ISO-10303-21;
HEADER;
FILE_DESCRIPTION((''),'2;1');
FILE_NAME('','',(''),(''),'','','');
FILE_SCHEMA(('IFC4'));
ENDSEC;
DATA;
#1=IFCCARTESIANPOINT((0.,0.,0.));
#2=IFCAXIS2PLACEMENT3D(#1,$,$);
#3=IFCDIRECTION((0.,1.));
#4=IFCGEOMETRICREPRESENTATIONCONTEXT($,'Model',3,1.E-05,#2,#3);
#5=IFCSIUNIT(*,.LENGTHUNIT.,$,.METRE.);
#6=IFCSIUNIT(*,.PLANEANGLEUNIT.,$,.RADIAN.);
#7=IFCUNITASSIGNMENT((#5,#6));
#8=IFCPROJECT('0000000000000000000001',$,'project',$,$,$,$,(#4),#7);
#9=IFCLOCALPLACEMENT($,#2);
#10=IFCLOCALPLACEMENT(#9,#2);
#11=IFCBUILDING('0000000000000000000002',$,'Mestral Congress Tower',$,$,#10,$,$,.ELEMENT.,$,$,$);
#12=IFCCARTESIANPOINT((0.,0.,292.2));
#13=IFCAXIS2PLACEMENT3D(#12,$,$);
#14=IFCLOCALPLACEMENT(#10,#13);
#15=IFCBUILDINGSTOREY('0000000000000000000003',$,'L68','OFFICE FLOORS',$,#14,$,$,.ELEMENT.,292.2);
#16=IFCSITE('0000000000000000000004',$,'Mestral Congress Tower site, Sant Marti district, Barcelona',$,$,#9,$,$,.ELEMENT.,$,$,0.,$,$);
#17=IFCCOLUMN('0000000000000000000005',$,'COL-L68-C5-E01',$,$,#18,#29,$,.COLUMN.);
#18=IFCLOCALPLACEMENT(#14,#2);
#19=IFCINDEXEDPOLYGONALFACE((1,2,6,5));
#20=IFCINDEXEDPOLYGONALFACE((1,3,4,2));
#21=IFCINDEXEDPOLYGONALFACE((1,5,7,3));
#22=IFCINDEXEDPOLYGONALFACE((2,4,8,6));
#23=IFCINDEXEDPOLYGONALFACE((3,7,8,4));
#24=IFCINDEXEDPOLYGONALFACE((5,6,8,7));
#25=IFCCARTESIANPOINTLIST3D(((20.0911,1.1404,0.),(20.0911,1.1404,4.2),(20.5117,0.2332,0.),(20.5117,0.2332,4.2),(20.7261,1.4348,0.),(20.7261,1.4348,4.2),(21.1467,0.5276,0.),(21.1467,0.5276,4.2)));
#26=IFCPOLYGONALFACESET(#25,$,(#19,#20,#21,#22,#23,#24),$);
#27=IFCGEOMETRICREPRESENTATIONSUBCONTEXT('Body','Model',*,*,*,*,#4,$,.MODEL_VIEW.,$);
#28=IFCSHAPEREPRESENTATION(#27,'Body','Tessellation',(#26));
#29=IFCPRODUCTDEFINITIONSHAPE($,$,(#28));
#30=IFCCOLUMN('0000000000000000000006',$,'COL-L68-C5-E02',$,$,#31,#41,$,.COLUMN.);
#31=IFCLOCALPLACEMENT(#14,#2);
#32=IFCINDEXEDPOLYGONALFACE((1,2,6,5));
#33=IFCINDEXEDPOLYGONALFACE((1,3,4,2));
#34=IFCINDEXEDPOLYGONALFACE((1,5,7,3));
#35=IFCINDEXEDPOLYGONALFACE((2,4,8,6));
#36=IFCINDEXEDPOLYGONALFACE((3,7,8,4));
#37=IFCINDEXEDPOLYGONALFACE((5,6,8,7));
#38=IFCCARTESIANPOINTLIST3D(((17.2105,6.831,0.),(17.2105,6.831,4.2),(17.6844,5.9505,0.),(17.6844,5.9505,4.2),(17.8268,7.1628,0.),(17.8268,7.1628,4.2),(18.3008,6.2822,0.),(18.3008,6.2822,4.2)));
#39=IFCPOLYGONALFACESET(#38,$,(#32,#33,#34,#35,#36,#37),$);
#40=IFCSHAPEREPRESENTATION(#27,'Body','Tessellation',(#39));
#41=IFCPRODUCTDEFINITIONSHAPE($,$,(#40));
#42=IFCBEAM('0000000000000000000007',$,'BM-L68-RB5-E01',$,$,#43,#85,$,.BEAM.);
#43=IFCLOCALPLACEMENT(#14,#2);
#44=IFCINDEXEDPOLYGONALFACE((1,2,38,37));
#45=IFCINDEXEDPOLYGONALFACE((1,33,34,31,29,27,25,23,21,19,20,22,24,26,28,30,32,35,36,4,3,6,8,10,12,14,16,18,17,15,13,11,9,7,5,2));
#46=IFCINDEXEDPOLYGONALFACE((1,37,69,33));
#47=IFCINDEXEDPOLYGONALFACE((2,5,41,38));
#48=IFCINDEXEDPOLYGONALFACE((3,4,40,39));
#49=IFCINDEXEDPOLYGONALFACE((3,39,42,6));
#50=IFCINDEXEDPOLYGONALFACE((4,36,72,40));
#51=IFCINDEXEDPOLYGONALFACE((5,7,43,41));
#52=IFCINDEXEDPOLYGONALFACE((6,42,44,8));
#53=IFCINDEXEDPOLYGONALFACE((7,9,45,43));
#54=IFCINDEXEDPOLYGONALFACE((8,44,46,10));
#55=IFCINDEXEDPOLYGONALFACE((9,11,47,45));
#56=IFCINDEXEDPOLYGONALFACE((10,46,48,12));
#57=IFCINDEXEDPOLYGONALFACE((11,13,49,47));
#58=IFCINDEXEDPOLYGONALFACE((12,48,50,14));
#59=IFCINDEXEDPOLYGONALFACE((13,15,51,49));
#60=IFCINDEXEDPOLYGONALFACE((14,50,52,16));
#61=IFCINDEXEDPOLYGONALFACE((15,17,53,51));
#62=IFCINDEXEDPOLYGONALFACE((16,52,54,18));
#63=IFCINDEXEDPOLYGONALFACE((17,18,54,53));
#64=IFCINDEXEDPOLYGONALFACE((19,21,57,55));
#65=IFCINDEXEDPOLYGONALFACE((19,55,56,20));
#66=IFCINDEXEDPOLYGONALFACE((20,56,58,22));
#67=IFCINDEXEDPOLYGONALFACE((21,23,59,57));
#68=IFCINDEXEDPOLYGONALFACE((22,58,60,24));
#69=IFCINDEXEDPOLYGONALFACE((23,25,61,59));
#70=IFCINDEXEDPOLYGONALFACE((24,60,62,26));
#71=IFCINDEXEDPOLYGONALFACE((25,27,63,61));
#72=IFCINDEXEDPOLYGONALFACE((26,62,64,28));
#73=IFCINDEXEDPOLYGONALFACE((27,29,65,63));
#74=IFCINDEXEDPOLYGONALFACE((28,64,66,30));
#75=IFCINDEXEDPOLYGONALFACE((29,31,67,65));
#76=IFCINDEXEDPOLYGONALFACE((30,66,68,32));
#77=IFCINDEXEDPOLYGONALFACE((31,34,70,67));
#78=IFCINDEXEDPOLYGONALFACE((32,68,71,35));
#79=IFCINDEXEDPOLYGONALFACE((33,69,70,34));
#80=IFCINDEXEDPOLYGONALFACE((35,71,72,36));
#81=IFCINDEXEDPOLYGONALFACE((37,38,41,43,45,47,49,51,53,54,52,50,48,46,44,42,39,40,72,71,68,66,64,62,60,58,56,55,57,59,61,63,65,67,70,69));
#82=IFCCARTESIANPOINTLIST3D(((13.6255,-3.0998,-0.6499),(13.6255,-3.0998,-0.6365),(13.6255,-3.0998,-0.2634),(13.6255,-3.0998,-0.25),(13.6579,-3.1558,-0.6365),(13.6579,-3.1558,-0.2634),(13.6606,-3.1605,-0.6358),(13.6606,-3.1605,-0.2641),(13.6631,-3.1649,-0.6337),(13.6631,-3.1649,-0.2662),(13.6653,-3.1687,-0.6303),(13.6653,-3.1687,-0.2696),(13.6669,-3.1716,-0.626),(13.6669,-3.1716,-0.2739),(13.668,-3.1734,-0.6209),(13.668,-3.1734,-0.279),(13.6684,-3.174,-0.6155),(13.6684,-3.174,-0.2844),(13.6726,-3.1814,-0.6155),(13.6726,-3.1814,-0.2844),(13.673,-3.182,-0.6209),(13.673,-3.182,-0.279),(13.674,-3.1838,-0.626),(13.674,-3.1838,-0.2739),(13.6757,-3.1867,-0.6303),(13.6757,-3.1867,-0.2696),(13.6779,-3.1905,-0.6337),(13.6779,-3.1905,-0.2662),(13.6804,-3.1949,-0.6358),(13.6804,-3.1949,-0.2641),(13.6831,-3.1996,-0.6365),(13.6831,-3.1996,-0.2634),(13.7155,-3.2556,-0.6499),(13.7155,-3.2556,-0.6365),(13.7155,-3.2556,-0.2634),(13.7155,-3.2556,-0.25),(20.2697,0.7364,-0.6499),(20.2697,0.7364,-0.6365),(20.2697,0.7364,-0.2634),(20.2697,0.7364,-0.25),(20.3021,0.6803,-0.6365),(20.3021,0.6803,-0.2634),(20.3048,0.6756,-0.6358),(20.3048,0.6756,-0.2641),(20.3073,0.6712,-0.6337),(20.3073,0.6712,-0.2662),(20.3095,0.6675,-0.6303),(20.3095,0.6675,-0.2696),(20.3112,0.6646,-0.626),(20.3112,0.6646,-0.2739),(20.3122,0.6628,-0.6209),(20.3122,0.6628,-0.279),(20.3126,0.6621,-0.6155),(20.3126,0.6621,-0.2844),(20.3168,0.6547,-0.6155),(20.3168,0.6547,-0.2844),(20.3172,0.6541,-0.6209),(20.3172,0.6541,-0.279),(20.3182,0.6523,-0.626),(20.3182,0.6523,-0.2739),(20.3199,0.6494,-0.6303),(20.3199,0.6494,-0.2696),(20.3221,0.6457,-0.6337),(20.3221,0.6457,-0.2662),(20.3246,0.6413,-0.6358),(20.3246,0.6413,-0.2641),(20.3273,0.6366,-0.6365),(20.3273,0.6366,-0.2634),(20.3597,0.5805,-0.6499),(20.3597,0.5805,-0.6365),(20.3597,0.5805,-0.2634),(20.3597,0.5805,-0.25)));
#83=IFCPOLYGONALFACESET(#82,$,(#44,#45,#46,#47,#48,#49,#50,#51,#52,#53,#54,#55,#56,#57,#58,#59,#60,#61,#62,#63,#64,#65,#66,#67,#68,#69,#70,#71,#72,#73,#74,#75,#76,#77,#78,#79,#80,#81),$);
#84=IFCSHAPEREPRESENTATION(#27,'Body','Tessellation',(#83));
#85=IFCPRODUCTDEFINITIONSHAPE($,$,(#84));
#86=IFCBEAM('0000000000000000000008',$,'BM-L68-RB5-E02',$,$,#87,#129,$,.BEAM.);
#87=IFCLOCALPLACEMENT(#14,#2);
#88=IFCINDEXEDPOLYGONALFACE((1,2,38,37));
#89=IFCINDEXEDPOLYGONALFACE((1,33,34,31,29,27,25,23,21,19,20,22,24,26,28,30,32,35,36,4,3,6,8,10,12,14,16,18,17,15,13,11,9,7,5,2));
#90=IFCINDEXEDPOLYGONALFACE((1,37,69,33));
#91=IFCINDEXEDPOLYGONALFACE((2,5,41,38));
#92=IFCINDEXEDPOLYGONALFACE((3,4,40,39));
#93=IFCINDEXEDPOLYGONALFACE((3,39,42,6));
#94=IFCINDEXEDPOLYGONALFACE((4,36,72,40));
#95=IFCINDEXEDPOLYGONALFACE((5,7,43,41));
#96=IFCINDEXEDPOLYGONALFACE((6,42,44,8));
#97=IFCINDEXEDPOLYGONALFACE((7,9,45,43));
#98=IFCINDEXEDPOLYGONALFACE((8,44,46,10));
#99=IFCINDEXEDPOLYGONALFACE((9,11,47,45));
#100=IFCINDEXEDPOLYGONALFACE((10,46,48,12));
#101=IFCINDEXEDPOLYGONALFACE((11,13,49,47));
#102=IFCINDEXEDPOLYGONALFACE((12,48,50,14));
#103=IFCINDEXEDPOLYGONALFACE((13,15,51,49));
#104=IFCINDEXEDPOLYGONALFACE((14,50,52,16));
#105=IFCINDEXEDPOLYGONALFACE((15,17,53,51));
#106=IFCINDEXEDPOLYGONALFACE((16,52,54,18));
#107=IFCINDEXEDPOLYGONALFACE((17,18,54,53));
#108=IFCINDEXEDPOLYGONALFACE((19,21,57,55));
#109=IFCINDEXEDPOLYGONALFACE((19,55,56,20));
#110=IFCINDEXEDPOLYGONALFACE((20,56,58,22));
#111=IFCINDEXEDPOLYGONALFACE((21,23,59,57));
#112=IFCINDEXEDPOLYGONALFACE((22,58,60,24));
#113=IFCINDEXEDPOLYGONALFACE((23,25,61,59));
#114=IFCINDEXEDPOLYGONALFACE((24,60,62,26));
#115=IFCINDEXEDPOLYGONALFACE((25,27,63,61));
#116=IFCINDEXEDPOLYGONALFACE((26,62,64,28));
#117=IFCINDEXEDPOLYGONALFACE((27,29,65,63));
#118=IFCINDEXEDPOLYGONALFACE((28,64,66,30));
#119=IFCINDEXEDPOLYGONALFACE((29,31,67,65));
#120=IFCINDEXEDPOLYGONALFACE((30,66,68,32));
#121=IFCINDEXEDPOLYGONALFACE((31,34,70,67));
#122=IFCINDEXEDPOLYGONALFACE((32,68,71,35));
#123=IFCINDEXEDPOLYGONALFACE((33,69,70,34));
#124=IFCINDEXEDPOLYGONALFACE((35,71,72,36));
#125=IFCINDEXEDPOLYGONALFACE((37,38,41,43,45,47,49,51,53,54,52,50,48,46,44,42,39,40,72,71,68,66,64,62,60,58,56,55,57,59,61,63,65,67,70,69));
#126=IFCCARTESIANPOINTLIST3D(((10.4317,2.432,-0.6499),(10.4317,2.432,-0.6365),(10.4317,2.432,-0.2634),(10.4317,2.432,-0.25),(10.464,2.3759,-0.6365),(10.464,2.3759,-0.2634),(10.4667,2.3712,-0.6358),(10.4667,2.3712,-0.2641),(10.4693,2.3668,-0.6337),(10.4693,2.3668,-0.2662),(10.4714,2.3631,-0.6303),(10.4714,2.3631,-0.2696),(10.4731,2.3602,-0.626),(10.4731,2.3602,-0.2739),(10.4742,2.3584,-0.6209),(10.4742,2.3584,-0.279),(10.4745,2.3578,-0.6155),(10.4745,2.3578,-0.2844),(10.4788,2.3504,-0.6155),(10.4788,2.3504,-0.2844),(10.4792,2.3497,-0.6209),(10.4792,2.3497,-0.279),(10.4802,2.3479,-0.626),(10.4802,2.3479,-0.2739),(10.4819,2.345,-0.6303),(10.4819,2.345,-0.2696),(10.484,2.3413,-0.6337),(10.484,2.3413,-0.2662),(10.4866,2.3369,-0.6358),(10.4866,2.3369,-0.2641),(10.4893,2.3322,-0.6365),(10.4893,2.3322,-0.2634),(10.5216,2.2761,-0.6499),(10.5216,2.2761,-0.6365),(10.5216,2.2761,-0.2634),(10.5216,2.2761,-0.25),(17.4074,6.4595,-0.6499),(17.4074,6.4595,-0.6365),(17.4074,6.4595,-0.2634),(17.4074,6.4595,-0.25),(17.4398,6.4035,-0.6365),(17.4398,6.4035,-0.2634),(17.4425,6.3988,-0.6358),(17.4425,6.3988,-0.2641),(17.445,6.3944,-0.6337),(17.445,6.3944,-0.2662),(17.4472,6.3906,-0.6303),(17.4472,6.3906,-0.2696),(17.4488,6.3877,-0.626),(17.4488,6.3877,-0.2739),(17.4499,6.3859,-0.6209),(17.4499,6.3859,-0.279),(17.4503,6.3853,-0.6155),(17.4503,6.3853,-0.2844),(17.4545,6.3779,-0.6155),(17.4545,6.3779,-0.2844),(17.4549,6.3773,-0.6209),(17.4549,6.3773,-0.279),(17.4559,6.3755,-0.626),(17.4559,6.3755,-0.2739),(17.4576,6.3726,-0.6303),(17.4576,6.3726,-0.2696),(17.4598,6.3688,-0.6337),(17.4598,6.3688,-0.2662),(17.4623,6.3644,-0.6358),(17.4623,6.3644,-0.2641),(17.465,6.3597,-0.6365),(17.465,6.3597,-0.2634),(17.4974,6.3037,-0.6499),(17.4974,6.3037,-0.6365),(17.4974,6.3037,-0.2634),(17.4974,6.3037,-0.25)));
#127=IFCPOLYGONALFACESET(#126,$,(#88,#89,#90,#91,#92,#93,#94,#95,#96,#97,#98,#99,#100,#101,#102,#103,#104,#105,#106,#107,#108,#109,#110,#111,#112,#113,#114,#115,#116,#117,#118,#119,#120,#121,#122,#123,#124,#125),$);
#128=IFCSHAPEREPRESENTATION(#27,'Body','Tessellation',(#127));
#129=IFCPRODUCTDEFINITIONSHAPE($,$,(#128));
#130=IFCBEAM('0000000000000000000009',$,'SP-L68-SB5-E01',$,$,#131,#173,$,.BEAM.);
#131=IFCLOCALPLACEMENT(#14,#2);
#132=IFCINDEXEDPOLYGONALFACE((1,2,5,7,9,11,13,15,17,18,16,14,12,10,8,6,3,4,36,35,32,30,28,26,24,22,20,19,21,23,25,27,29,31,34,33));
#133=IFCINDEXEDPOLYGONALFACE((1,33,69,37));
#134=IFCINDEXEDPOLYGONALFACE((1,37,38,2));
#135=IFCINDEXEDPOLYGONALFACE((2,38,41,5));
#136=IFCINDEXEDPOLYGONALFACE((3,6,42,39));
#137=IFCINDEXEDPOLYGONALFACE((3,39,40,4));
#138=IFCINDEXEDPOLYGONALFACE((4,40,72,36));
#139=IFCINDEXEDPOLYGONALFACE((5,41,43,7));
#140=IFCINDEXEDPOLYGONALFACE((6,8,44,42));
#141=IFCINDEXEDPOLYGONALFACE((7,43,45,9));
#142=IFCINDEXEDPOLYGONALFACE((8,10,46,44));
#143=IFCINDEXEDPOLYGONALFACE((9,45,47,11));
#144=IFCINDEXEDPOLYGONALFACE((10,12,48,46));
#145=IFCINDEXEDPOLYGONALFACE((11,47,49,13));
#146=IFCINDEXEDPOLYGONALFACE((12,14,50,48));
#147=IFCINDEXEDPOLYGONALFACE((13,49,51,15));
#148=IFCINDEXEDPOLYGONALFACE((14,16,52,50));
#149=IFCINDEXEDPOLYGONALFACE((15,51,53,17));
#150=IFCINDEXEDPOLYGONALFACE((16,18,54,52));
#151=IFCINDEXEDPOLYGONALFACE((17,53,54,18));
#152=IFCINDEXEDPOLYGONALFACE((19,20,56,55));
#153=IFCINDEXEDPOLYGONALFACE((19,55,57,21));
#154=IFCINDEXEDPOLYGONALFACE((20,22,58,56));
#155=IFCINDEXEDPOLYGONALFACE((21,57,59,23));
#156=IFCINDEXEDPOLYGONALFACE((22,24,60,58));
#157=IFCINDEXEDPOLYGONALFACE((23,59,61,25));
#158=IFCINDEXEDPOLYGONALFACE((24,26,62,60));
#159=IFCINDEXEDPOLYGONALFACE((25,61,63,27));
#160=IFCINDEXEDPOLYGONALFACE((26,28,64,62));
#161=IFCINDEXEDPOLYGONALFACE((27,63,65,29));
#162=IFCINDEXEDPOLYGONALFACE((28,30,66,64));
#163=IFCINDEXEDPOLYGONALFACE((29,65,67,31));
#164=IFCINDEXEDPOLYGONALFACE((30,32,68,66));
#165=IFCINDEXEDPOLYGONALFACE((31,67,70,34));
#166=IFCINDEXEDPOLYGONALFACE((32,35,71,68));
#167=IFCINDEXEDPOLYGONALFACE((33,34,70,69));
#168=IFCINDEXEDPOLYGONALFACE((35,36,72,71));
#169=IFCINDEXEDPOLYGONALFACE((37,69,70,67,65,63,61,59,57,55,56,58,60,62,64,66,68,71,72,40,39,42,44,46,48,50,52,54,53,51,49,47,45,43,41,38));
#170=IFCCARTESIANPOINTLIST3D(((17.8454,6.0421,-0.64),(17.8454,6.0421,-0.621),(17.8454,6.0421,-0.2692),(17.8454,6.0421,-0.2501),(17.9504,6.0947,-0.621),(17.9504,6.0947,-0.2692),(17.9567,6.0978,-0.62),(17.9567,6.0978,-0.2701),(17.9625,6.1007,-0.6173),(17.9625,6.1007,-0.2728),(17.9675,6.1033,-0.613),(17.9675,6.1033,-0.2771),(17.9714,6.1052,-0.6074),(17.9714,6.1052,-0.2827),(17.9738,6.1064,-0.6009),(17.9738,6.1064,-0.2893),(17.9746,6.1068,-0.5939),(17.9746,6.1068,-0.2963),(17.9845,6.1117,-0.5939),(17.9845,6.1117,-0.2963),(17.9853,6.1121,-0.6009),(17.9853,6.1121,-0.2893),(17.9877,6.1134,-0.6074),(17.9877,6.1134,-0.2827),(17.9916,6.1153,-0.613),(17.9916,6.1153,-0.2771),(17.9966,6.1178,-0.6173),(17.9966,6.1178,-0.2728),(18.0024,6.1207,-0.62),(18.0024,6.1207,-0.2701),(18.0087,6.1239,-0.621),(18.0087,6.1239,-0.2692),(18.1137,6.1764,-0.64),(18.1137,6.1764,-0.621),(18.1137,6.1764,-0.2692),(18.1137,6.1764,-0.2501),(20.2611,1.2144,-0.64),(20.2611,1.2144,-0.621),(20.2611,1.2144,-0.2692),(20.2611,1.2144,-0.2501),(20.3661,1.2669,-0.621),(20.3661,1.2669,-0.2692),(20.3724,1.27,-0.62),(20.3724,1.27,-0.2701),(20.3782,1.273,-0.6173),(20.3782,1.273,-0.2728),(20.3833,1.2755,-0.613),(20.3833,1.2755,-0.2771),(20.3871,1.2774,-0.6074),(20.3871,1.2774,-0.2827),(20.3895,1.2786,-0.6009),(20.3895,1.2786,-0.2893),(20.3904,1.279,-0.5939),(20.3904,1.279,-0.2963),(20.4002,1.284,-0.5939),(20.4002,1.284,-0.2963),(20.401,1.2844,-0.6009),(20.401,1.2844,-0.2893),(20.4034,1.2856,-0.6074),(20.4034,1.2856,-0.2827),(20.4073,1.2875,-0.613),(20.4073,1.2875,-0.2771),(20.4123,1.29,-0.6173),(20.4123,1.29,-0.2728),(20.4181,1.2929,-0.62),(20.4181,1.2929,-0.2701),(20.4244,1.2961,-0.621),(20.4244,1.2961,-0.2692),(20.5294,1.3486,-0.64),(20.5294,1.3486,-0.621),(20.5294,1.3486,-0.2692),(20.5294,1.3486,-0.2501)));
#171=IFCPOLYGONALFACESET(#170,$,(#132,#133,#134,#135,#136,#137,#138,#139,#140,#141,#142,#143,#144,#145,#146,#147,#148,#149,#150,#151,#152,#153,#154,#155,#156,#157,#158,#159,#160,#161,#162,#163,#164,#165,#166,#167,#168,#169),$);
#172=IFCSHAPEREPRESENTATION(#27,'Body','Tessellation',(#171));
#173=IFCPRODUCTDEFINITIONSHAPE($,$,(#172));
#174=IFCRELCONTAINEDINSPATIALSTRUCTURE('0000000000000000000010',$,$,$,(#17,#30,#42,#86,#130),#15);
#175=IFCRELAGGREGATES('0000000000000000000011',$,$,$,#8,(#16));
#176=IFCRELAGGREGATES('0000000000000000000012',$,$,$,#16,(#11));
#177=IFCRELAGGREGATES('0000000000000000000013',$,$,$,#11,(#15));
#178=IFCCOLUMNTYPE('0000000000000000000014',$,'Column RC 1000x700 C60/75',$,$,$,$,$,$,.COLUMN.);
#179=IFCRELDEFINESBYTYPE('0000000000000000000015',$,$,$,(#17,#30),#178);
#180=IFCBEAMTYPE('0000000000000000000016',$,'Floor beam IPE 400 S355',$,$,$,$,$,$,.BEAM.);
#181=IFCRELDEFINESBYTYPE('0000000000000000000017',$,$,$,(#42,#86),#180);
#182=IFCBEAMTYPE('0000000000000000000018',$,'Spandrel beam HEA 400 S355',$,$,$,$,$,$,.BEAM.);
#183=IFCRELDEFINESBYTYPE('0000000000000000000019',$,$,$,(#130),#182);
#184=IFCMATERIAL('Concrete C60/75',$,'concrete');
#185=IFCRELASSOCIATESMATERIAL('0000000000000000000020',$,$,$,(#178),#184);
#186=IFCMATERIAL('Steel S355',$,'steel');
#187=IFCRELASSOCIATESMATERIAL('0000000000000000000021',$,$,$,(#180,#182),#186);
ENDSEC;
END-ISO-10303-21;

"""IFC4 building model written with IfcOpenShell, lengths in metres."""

from ifc_helpers import new_model, si_unit, direction, frame, origin, origin_2d, place, context, subcontext, project, spatial, rectangle, i_section, extrude, material, material_profile, profile_set, type_object, element, save


model = new_model("IFC4")

# Units and contexts
model_context = context("Model", 3, precision=1e-05, world=origin(), true_north=direction((0.0, 1.0)))
body_context = subcontext(model_context, "Body", "Model", "MODEL_VIEW")
ifc_project = project(units=[si_unit("LENGTHUNIT", "METRE"), si_unit("PLANEANGLEUNIT", "RADIAN")], contexts=[model_context])

# Site, building, storey
site_placement = place(None, origin())
site = spatial("IfcSite", under=ifc_project, at=site_placement, Name="Mestral Congress Tower site, Sant Marti district, Barcelona", CompositionType="ELEMENT", RefElevation=0.0)
building_placement = place(site_placement, origin())
building = spatial("IfcBuilding", under=site, at=building_placement, Name="Mestral Congress Tower", CompositionType="ELEMENT")
storey_placement = place(building_placement, frame((0.0, 0.0, 292.2)))
storey = spatial("IfcBuildingStorey", under=building, at=storey_placement, Name="L68", Description="OFFICE FLOORS", CompositionType="ELEMENT", Elevation=292.2)

# Columns
ifc_material_1 = material(Name="Concrete C60/75", Category="concrete")
ifc_material_profile_1 = material_profile(ifc_material_1, rectangle(XDim=1.0, YDim=0.7, at=origin_2d()), Name="RC 1000x700")
ifc_profile_set_1 = profile_set([ifc_material_profile_1], Name="Concrete C60/75")
column_type = type_object("IfcColumnType", Name="Column RC 1000x700 C60/75", PredefinedType="COLUMN", material=ifc_profile_set_1)
for number, where, z_axis, x_axis, name in (
    (1, (20.6189, 0.834, 0.0), (0.0, 0.0, 1.0), (-0.420596, 0.907248, 0.0), "COL-L68-C5-E01"),
    (2, (17.7556, 6.5566, 0.0), (0.0, 0.0, 1.0), (-0.473945, 0.880554, 0.0), "COL-L68-C5-E02"),
):
    element("IfcColumn", number, at=place(storey_placement, frame(where, z_axis=z_axis, x_axis=x_axis)), inside=storey, type_object=column_type, Name=name, PredefinedType="COLUMN", context=body_context, shape_type="SweptSolid", body=[
        extrude(rectangle(XDim=1.0, YDim=0.7, at=origin_2d()), origin(), (0.0, 0.0, 1.0), 4.2),
    ])

# Beams
ifc_material_2 = material(Name="Steel S355", Category="steel")
ifc_material_profile_2 = material_profile(ifc_material_2, i_section(OverallWidth=0.1799, OverallDepth=0.3999, WebThickness=0.0085, FlangeThickness=0.0134, FilletRadius=0.021, at=origin_2d()), Name="IPE 400")
ifc_profile_set_2 = profile_set([ifc_material_profile_2], Name="Steel S355")
beam_type_1 = type_object("IfcBeamType", Name="Floor beam IPE 400 S355", PredefinedType="BEAM", material=ifc_profile_set_2)
beam_1_placement = place(storey_placement, frame((20.3147, 0.6584, -0.45), z_axis=(-0.86602, -0.50001, 0.0), x_axis=(0.50001, -0.86602, 0.0)))
element("IfcBeam", 3, at=beam_1_placement, inside=storey, type_object=beam_type_1, Name="BM-L68-RB5-E01", PredefinedType="BEAM", context=body_context, shape_type="SweptSolid", body=[
    extrude(i_section(OverallWidth=0.1799, OverallDepth=0.3999, WebThickness=0.0085, FlangeThickness=0.0134, FilletRadius=0.021, at=origin_2d()), origin(), (0.0, 0.0, 1.0), 7.6721),
])
beam_2_placement = place(storey_placement, frame((17.4524, 6.3816, -0.45), z_axis=(-0.866021, -0.500008, 0.0), x_axis=(0.500008, -0.866021, 0.0)))
element("IfcBeam", 4, at=beam_2_placement, inside=storey, type_object=beam_type_1, Name="BM-L68-RB5-E02", PredefinedType="BEAM", context=body_context, shape_type="SweptSolid", body=[
    extrude(i_section(OverallWidth=0.1799, OverallDepth=0.3999, WebThickness=0.0085, FlangeThickness=0.0134, FilletRadius=0.021, at=origin_2d()), origin(), (0.0, 0.0, 1.0), 8.0549),
])
ifc_material_profile_3 = material_profile(ifc_material_2, i_section(OverallWidth=0.3, OverallDepth=0.3899, WebThickness=0.011, FlangeThickness=0.019, FilletRadius=0.0271, at=origin_2d()), Name="HEA 400")
ifc_profile_set_3 = profile_set([ifc_material_profile_3], Name="Steel S355")
beam_type_2 = type_object("IfcBeamType", Name="Spandrel beam HEA 400 S355", PredefinedType="BEAM", material=ifc_profile_set_3)
beam_3_placement = place(storey_placement, frame((20.3953, 1.2815, -0.4451), z_axis=(-0.447485, 0.894291, 0.0), x_axis=(-0.894291, -0.447485, 0.0)))
element("IfcBeam", 5, at=beam_3_placement, inside=storey, type_object=beam_type_2, Name="SP-L68-SB5-E01", PredefinedType="BEAM", context=body_context, shape_type="SweptSolid", body=[
    extrude(i_section(OverallWidth=0.3, OverallDepth=0.3899, WebThickness=0.011, FlangeThickness=0.019, FilletRadius=0.0271, at=origin_2d()), origin(), (0.0, 0.0, 1.0), 5.3984),
])

save(model, "model.ifc")
